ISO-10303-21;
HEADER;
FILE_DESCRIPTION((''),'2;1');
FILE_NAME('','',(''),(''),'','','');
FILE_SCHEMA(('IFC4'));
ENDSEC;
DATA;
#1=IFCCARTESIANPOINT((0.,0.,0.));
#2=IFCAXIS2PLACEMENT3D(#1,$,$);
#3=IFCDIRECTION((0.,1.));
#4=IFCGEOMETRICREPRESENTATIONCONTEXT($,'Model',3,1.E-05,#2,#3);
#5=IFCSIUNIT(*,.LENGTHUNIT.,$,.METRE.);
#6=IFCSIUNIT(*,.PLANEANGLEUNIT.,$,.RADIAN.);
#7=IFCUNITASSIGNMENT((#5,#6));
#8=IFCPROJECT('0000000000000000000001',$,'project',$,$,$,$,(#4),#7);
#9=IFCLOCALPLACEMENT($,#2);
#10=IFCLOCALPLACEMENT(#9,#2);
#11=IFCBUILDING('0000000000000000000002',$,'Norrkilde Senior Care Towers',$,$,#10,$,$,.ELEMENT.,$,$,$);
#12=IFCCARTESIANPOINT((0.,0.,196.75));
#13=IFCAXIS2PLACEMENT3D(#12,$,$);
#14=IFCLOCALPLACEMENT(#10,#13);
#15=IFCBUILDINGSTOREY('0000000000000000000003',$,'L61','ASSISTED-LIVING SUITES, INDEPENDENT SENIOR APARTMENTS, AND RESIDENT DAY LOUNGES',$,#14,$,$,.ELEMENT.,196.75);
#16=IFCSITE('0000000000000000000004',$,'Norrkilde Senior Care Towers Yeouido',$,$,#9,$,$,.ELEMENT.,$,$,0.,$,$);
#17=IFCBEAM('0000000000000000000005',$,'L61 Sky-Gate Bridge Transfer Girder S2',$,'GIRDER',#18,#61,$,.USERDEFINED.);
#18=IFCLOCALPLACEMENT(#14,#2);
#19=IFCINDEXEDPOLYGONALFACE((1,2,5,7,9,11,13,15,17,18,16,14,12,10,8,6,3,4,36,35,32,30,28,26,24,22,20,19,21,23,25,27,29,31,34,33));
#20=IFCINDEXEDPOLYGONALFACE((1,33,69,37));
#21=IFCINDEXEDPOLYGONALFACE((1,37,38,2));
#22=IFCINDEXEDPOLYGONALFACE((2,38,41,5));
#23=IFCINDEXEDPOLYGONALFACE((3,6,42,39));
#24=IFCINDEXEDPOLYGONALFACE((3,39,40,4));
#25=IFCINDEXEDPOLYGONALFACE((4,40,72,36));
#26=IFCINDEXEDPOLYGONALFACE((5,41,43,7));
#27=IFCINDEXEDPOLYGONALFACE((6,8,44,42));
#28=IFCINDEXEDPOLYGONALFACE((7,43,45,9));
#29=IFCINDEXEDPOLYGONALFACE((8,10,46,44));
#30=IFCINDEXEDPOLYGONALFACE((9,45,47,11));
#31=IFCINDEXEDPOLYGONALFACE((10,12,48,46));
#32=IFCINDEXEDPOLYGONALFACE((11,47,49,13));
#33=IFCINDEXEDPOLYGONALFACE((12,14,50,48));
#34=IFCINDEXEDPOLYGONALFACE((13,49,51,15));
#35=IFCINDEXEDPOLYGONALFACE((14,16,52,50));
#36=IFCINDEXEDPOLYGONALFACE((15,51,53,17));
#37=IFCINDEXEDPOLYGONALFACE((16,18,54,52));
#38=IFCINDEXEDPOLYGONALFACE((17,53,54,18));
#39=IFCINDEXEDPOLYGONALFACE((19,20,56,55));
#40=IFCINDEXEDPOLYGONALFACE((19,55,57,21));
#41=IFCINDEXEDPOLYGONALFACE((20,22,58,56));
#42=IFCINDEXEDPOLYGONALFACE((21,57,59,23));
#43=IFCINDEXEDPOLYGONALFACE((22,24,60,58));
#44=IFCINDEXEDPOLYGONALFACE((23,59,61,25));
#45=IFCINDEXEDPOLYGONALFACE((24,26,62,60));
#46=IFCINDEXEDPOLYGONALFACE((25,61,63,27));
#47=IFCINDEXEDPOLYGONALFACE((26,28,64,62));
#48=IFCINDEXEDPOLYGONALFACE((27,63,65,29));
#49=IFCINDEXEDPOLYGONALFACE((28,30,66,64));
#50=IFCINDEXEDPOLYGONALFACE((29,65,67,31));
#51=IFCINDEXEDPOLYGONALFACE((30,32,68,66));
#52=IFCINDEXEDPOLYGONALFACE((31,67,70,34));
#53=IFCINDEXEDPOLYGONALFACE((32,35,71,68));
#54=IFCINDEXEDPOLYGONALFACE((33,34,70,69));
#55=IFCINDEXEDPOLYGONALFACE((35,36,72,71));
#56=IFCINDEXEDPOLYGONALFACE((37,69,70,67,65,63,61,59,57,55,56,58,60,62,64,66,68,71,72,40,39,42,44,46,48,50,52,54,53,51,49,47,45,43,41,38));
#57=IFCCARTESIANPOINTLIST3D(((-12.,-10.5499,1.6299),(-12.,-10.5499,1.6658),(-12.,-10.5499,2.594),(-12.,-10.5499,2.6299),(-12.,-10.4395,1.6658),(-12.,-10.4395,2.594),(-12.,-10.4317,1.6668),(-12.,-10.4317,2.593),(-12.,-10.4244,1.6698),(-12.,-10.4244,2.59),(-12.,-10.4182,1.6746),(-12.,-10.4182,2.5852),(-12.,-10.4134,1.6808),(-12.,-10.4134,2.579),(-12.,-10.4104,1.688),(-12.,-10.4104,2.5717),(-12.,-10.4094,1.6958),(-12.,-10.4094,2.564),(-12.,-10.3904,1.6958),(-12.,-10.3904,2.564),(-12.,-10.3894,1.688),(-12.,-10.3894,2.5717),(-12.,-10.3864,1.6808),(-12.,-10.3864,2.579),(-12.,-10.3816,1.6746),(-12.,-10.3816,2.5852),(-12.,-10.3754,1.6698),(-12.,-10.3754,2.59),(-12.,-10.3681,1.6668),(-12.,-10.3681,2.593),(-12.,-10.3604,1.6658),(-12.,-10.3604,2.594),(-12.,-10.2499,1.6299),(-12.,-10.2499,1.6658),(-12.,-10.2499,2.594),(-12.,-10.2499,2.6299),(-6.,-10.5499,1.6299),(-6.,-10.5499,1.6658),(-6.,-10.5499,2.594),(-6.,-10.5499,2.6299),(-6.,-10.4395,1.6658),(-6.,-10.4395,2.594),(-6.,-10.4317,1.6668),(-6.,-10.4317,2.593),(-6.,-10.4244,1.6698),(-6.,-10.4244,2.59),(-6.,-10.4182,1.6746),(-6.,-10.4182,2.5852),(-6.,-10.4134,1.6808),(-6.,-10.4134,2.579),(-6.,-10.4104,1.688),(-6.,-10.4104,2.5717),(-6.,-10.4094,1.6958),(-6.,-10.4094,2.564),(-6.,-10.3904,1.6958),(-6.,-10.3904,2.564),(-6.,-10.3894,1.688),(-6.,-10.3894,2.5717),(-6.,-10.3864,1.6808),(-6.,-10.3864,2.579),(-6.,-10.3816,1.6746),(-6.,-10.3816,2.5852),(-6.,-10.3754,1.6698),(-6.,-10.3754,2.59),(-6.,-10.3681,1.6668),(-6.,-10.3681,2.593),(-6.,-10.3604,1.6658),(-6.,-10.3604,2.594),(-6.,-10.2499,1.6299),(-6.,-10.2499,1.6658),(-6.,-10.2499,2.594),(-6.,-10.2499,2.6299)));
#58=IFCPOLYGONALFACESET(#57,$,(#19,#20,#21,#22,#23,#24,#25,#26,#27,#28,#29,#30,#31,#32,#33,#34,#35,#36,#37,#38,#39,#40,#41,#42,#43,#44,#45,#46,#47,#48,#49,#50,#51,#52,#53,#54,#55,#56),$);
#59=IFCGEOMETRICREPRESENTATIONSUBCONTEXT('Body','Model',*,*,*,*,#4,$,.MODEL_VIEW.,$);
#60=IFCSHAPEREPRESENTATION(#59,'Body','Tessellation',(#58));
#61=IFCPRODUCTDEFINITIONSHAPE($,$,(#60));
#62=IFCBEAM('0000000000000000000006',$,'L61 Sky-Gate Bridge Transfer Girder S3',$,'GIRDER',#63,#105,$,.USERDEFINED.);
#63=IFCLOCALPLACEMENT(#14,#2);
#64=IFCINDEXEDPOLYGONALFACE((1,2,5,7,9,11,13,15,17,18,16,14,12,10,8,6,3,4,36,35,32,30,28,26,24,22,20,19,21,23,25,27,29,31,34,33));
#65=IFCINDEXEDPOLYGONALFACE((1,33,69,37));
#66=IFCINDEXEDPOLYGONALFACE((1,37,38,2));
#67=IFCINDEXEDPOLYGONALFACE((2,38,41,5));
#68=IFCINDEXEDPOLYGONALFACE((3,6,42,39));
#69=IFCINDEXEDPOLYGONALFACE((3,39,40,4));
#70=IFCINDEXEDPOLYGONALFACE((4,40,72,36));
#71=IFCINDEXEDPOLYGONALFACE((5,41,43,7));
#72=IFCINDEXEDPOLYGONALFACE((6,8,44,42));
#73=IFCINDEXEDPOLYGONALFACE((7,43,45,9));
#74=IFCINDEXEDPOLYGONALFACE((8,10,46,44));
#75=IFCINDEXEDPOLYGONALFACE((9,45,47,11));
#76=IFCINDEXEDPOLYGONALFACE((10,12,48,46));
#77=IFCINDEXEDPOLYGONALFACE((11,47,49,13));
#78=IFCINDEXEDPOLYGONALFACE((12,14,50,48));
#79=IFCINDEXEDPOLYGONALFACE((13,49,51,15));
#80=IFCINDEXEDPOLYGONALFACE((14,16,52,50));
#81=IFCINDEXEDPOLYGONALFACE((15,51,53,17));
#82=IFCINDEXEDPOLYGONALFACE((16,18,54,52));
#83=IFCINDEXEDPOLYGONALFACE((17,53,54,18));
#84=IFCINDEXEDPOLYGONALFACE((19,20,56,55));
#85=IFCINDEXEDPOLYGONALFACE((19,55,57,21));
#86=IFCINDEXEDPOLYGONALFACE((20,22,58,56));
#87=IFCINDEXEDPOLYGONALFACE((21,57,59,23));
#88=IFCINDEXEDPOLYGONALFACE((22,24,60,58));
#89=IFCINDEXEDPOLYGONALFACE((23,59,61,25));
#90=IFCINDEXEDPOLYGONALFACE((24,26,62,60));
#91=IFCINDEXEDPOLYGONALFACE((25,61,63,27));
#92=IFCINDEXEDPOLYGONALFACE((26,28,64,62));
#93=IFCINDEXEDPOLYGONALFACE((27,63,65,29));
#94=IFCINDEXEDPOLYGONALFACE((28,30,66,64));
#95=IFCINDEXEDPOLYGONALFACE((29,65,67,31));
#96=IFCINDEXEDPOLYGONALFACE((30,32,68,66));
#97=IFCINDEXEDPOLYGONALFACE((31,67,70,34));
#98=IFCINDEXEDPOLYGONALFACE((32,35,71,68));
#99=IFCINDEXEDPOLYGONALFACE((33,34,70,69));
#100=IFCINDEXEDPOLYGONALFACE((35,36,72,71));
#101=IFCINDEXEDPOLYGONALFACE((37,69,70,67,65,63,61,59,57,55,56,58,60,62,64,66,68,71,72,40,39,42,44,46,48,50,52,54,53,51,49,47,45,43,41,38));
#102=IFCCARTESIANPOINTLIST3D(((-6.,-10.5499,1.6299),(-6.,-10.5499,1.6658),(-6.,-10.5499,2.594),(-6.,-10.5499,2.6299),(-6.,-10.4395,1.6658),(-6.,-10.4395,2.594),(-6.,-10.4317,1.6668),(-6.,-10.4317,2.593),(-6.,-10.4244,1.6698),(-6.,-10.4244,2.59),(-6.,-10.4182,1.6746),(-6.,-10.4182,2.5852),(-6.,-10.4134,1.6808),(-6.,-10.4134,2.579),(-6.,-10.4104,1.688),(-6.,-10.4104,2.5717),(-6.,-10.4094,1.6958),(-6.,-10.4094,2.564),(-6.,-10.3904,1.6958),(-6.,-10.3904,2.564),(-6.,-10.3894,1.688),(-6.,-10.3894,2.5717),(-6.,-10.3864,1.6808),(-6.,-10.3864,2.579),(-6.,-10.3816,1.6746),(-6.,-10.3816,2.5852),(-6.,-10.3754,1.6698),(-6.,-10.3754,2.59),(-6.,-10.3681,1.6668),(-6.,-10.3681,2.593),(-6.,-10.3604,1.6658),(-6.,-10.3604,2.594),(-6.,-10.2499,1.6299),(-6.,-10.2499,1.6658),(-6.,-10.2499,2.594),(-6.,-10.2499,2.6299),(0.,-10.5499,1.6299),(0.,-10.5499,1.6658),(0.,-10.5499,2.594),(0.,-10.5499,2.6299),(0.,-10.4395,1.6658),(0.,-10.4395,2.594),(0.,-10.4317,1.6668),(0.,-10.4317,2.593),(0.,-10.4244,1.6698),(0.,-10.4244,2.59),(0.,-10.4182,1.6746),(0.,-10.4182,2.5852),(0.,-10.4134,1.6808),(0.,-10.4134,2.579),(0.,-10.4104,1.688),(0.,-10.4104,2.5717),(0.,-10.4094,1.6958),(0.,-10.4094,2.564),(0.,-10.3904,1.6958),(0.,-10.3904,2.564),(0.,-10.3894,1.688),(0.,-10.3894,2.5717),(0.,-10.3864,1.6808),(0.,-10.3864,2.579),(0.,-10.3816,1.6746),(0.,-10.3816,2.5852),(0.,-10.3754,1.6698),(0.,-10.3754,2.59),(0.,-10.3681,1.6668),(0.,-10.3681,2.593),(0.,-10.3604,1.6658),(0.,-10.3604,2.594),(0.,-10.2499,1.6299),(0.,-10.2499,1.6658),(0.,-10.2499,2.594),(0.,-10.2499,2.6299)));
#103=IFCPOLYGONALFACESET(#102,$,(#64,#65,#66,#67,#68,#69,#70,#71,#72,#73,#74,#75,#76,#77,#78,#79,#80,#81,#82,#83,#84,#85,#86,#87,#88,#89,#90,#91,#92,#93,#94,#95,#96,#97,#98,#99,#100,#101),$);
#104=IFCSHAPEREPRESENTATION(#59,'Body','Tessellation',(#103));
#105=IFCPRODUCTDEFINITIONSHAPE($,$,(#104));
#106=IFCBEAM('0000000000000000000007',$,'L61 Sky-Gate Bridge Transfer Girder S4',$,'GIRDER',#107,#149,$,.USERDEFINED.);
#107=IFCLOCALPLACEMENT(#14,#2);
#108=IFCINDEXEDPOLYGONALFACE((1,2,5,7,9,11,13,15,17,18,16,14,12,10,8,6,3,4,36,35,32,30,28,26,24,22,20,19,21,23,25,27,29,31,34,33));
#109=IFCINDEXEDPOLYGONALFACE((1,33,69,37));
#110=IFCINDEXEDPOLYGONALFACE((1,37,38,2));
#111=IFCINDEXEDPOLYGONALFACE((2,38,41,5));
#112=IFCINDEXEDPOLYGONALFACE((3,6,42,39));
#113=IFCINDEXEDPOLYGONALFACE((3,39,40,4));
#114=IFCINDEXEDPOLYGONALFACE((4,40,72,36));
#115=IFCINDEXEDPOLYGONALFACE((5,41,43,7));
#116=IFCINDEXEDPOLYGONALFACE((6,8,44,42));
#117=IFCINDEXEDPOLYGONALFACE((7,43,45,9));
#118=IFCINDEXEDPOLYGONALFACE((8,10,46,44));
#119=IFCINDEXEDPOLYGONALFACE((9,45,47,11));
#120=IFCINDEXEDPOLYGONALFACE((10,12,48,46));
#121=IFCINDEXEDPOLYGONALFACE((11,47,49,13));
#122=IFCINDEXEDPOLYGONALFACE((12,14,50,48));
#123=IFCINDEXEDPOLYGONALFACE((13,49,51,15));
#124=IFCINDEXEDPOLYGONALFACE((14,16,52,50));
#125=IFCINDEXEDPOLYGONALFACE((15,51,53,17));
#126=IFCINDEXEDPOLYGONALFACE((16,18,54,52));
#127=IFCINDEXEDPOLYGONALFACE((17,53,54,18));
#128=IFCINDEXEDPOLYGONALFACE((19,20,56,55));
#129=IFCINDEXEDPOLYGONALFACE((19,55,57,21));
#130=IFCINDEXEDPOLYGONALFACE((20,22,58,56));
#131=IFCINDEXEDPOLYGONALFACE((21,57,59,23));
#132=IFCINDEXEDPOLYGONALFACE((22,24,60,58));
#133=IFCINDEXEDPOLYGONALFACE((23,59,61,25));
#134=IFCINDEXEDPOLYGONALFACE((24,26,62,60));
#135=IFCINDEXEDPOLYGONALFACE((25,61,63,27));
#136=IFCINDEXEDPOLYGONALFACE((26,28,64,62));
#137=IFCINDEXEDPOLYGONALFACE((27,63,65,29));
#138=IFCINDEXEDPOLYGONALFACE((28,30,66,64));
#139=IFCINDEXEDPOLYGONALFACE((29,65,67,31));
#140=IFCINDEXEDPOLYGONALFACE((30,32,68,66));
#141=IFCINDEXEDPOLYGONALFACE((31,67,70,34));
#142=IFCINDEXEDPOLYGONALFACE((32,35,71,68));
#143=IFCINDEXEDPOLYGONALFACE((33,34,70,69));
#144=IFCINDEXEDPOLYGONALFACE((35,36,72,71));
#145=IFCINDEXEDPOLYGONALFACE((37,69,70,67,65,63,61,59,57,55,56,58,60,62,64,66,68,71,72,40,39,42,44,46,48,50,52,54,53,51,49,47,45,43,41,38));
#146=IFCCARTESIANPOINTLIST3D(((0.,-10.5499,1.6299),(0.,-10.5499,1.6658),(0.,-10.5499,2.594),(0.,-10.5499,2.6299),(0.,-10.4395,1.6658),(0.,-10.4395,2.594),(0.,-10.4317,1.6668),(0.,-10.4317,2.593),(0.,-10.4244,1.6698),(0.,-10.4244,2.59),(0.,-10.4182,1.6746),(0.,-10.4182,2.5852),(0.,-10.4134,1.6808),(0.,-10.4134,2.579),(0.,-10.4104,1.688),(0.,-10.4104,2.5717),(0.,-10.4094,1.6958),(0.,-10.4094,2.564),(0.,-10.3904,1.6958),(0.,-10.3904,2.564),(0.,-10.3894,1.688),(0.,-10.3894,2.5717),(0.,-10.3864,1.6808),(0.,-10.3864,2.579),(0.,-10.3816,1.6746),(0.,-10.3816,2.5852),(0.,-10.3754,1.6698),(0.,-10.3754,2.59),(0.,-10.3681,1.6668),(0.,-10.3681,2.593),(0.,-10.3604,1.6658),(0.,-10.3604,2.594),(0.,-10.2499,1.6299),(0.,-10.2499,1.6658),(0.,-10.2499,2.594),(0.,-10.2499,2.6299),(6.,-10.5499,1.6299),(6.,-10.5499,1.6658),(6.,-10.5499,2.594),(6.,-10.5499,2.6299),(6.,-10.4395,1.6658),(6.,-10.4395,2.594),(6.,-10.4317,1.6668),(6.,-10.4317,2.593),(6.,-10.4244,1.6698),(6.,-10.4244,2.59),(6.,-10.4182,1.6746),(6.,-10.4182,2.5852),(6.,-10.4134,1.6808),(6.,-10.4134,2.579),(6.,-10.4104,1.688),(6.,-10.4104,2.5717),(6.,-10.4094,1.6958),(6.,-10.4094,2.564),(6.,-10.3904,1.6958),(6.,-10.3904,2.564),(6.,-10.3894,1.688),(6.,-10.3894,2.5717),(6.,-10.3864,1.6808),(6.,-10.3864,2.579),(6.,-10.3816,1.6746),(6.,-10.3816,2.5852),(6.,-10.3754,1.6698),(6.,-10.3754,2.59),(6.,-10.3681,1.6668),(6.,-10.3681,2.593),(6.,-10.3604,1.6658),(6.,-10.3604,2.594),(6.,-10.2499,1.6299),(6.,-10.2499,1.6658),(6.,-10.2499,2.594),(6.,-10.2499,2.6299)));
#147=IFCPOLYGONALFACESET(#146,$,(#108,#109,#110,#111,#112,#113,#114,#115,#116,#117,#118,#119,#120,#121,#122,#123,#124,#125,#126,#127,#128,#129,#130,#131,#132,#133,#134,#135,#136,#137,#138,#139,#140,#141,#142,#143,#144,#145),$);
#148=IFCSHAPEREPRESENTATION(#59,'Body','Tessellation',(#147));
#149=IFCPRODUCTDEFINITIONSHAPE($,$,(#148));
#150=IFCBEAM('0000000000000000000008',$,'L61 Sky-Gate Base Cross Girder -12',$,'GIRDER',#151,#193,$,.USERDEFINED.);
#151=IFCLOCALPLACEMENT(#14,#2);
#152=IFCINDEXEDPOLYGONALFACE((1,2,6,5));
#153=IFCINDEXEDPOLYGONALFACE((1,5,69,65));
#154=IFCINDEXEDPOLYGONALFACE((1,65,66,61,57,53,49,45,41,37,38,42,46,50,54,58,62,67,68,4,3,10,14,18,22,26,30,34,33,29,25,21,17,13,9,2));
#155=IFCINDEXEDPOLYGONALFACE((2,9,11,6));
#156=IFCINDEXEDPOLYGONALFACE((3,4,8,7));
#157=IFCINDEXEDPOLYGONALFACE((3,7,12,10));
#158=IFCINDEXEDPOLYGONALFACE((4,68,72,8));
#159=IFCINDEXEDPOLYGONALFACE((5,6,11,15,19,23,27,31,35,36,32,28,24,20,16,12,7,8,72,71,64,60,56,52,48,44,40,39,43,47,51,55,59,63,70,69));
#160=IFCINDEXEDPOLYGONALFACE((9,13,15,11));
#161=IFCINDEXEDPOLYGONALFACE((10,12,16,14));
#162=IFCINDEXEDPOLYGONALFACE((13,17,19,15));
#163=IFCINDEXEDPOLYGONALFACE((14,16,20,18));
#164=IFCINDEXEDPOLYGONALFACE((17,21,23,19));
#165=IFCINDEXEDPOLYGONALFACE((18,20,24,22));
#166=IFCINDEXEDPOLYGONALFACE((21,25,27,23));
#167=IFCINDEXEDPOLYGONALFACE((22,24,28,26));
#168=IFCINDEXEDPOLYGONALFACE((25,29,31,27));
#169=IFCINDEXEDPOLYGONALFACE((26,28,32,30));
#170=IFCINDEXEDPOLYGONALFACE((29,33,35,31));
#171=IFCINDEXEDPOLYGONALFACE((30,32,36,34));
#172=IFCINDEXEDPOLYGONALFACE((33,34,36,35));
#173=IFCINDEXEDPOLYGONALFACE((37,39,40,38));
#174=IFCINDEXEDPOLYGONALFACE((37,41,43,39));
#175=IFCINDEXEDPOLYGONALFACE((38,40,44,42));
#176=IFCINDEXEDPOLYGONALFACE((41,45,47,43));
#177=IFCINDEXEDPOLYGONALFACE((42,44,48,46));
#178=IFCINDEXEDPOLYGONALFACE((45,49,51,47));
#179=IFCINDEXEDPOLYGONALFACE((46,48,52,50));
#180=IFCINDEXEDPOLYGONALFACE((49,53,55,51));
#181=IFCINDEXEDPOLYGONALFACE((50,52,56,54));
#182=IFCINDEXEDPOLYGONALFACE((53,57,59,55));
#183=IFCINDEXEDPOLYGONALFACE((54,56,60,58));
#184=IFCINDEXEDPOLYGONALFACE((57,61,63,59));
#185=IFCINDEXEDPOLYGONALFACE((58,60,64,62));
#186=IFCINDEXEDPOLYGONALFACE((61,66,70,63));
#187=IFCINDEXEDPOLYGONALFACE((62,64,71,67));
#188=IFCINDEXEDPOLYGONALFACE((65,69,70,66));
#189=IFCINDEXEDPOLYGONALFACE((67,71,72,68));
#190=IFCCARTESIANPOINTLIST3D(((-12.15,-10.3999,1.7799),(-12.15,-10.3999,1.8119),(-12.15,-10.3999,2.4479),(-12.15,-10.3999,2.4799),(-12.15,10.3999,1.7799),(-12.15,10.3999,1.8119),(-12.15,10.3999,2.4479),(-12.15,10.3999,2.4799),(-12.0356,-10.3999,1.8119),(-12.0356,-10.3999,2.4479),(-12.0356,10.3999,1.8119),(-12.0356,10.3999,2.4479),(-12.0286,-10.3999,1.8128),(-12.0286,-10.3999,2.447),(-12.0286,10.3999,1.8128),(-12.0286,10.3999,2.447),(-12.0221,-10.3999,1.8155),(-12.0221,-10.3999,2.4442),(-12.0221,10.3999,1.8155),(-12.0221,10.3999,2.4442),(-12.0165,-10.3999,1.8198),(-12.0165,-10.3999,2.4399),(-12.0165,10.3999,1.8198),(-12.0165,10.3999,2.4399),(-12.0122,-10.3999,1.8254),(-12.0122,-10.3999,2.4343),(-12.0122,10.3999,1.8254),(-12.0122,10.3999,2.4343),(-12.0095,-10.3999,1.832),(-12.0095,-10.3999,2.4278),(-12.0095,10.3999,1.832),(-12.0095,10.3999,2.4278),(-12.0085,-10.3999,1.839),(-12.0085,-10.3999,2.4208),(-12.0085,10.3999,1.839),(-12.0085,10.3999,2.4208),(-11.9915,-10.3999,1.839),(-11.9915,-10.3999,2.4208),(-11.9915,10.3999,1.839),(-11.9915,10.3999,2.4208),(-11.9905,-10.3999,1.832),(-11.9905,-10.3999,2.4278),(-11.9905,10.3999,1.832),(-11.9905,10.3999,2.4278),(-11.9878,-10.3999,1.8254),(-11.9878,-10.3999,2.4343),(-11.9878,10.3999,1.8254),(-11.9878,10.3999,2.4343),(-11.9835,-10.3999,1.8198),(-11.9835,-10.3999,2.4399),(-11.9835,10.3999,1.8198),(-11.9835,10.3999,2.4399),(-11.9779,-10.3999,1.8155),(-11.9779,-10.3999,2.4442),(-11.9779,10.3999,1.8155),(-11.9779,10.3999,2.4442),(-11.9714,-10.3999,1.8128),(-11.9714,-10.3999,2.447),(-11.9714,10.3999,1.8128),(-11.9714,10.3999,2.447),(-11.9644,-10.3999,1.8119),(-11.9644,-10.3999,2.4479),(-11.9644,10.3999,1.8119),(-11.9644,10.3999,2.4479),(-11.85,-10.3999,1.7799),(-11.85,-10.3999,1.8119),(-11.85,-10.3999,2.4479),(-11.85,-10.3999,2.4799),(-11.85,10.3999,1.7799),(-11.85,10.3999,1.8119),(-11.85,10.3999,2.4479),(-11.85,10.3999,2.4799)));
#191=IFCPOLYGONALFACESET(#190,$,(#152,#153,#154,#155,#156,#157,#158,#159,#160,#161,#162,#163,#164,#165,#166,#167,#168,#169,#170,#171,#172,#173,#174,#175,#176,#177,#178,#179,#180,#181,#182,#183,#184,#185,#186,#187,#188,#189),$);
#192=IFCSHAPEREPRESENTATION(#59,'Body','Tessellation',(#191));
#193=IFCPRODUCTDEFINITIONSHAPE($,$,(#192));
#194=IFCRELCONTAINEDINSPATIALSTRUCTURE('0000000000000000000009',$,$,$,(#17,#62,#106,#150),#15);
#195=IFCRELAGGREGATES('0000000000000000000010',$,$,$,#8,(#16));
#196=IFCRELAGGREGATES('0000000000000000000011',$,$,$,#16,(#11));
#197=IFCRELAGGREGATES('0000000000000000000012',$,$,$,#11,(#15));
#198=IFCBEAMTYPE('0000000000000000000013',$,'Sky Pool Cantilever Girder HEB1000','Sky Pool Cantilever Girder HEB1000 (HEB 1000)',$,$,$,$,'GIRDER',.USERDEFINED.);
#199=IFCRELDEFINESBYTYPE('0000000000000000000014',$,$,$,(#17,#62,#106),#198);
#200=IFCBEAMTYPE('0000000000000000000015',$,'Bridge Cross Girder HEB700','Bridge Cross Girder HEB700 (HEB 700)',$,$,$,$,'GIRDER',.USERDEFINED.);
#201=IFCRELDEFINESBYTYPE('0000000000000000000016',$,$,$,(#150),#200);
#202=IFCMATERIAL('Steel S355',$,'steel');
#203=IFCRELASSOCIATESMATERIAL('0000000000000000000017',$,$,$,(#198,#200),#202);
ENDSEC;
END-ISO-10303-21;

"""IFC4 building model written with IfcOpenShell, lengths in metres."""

from ifc_helpers import new_model, si_unit, direction, frame, origin, origin_2d, place, context, subcontext, project, spatial, i_section, extrude, source, transform, mapped, material, material_profile, profile_set, type_object, type_shapes, element, save


model = new_model("IFC4")

# Units and contexts
model_context = context("Model", 3, precision=1e-05, world=origin(), true_north=direction((0.0, 1.0)))
body_context = subcontext(model_context, "Body", "Model", "MODEL_VIEW")
ifc_project = project(units=[si_unit("LENGTHUNIT", "METRE"), si_unit("PLANEANGLEUNIT", "RADIAN")], contexts=[model_context])

# Site, building, storey
site_placement = place(None, origin())
site = spatial("IfcSite", under=ifc_project, at=site_placement, Name="Norrkilde Senior Care Towers Yeouido", CompositionType="ELEMENT", RefElevation=0.0)
building_placement = place(site_placement, origin())
building = spatial("IfcBuilding", under=site, at=building_placement, Name="Norrkilde Senior Care Towers", CompositionType="ELEMENT")
storey_placement = place(building_placement, frame((0.0, 0.0, 196.75)))
storey = spatial("IfcBuildingStorey", under=building, at=storey_placement, Name="L61", Description="ASSISTED-LIVING SUITES, INDEPENDENT SENIOR APARTMENTS, AND RESIDENT DAY LOUNGES", CompositionType="ELEMENT", Elevation=196.75)

# Beams
ifc_material_1 = material(Name="Steel S355", Category="steel")
ifc_material_profile_1 = material_profile(ifc_material_1, i_section(OverallWidth=0.3, OverallDepth=1.0, WebThickness=0.019, FlangeThickness=0.0359, FilletRadius=0.03, at=origin_2d()), Name="HEB 1000")
ifc_profile_set_1 = profile_set([ifc_material_profile_1], Name="Steel S355")
beam_type_1 = type_object("IfcBeamType", Name="Sky Pool Cantilever Girder HEB1000", Description="Sky Pool Cantilever Girder HEB1000 (HEB 1000)", ElementType="GIRDER", PredefinedType="USERDEFINED", material=ifc_profile_set_1)
shared_shape_1 = source(origin(), body_context, "Body", "SweptSolid", [
    extrude(i_section(OverallWidth=0.3, OverallDepth=1.0, WebThickness=0.019, FlangeThickness=0.0359, FilletRadius=0.03, at=origin_2d()), origin(), (0.0, 0.0, 1.0), 6.0),
])
type_shapes(beam_type_1, [shared_shape_1])
for number, where, z_axis, x_axis, name in (
    (1, (-12.0, -10.3999, 2.1299), (1.0, 0.0, 0.0), (0.0, 1.0, 0.0), "L61 Sky-Gate Bridge Transfer Girder S2"),
    (2, (-6.0, -10.3999, 2.1299), (1.0, 0.0, 0.0), (0.0, 1.0, 0.0), "L61 Sky-Gate Bridge Transfer Girder S3"),
    (3, (0.0, -10.3999, 2.1299), (1.0, 0.0, 0.0), (0.0, 1.0, 0.0), "L61 Sky-Gate Bridge Transfer Girder S4"),
):
    element("IfcBeam", number, at=place(storey_placement, frame(where, z_axis=z_axis, x_axis=x_axis)), inside=storey, type_object=beam_type_1, Name=name, ObjectType="GIRDER", PredefinedType="USERDEFINED", context=body_context, shape_type="MappedRepresentation", body=[
        mapped(shared_shape_1, transform((0.0, 0.0, 0.0), x_axis=(1.0, 0.0, 0.0), y_axis=(0.0, 1.0, 0.0), z_axis=(0.0, 0.0, 1.0), scale=1.0)),
    ])
ifc_material_profile_2 = material_profile(ifc_material_1, i_section(OverallWidth=0.3, OverallDepth=0.7, WebThickness=0.0171, FlangeThickness=0.032, FilletRadius=0.0271, at=origin_2d()), Name="HEB 700")
ifc_profile_set_2 = profile_set([ifc_material_profile_2], Name="Steel S355")
beam_type_2 = type_object("IfcBeamType", Name="Bridge Cross Girder HEB700", Description="Bridge Cross Girder HEB700 (HEB 700)", ElementType="GIRDER", PredefinedType="USERDEFINED", material=ifc_profile_set_2)
shared_shape_2 = source(origin(), body_context, "Body", "SweptSolid", [
    extrude(i_section(OverallWidth=0.3, OverallDepth=0.7, WebThickness=0.0171, FlangeThickness=0.032, FilletRadius=0.0271, at=origin_2d()), origin(), (0.0, 0.0, 1.0), 20.7998),
])
type_shapes(beam_type_2, [shared_shape_2])
beam_1_placement = place(storey_placement, frame((-12.0, -10.3999, 2.1299), z_axis=(0.0, 1.0, 0.0), x_axis=(-1.0, 0.0, 0.0)))
element("IfcBeam", 4, at=beam_1_placement, inside=storey, type_object=beam_type_2, Name="L61 Sky-Gate Base Cross Girder -12", ObjectType="GIRDER", PredefinedType="USERDEFINED", context=body_context, shape_type="MappedRepresentation", body=[
    mapped(shared_shape_2, transform((0.0, 0.0, 0.0), x_axis=(1.0, 0.0, 0.0), y_axis=(0.0, 1.0, 0.0), z_axis=(0.0, 0.0, 1.0), scale=1.0)),
])

save(model, "model.ifc")
